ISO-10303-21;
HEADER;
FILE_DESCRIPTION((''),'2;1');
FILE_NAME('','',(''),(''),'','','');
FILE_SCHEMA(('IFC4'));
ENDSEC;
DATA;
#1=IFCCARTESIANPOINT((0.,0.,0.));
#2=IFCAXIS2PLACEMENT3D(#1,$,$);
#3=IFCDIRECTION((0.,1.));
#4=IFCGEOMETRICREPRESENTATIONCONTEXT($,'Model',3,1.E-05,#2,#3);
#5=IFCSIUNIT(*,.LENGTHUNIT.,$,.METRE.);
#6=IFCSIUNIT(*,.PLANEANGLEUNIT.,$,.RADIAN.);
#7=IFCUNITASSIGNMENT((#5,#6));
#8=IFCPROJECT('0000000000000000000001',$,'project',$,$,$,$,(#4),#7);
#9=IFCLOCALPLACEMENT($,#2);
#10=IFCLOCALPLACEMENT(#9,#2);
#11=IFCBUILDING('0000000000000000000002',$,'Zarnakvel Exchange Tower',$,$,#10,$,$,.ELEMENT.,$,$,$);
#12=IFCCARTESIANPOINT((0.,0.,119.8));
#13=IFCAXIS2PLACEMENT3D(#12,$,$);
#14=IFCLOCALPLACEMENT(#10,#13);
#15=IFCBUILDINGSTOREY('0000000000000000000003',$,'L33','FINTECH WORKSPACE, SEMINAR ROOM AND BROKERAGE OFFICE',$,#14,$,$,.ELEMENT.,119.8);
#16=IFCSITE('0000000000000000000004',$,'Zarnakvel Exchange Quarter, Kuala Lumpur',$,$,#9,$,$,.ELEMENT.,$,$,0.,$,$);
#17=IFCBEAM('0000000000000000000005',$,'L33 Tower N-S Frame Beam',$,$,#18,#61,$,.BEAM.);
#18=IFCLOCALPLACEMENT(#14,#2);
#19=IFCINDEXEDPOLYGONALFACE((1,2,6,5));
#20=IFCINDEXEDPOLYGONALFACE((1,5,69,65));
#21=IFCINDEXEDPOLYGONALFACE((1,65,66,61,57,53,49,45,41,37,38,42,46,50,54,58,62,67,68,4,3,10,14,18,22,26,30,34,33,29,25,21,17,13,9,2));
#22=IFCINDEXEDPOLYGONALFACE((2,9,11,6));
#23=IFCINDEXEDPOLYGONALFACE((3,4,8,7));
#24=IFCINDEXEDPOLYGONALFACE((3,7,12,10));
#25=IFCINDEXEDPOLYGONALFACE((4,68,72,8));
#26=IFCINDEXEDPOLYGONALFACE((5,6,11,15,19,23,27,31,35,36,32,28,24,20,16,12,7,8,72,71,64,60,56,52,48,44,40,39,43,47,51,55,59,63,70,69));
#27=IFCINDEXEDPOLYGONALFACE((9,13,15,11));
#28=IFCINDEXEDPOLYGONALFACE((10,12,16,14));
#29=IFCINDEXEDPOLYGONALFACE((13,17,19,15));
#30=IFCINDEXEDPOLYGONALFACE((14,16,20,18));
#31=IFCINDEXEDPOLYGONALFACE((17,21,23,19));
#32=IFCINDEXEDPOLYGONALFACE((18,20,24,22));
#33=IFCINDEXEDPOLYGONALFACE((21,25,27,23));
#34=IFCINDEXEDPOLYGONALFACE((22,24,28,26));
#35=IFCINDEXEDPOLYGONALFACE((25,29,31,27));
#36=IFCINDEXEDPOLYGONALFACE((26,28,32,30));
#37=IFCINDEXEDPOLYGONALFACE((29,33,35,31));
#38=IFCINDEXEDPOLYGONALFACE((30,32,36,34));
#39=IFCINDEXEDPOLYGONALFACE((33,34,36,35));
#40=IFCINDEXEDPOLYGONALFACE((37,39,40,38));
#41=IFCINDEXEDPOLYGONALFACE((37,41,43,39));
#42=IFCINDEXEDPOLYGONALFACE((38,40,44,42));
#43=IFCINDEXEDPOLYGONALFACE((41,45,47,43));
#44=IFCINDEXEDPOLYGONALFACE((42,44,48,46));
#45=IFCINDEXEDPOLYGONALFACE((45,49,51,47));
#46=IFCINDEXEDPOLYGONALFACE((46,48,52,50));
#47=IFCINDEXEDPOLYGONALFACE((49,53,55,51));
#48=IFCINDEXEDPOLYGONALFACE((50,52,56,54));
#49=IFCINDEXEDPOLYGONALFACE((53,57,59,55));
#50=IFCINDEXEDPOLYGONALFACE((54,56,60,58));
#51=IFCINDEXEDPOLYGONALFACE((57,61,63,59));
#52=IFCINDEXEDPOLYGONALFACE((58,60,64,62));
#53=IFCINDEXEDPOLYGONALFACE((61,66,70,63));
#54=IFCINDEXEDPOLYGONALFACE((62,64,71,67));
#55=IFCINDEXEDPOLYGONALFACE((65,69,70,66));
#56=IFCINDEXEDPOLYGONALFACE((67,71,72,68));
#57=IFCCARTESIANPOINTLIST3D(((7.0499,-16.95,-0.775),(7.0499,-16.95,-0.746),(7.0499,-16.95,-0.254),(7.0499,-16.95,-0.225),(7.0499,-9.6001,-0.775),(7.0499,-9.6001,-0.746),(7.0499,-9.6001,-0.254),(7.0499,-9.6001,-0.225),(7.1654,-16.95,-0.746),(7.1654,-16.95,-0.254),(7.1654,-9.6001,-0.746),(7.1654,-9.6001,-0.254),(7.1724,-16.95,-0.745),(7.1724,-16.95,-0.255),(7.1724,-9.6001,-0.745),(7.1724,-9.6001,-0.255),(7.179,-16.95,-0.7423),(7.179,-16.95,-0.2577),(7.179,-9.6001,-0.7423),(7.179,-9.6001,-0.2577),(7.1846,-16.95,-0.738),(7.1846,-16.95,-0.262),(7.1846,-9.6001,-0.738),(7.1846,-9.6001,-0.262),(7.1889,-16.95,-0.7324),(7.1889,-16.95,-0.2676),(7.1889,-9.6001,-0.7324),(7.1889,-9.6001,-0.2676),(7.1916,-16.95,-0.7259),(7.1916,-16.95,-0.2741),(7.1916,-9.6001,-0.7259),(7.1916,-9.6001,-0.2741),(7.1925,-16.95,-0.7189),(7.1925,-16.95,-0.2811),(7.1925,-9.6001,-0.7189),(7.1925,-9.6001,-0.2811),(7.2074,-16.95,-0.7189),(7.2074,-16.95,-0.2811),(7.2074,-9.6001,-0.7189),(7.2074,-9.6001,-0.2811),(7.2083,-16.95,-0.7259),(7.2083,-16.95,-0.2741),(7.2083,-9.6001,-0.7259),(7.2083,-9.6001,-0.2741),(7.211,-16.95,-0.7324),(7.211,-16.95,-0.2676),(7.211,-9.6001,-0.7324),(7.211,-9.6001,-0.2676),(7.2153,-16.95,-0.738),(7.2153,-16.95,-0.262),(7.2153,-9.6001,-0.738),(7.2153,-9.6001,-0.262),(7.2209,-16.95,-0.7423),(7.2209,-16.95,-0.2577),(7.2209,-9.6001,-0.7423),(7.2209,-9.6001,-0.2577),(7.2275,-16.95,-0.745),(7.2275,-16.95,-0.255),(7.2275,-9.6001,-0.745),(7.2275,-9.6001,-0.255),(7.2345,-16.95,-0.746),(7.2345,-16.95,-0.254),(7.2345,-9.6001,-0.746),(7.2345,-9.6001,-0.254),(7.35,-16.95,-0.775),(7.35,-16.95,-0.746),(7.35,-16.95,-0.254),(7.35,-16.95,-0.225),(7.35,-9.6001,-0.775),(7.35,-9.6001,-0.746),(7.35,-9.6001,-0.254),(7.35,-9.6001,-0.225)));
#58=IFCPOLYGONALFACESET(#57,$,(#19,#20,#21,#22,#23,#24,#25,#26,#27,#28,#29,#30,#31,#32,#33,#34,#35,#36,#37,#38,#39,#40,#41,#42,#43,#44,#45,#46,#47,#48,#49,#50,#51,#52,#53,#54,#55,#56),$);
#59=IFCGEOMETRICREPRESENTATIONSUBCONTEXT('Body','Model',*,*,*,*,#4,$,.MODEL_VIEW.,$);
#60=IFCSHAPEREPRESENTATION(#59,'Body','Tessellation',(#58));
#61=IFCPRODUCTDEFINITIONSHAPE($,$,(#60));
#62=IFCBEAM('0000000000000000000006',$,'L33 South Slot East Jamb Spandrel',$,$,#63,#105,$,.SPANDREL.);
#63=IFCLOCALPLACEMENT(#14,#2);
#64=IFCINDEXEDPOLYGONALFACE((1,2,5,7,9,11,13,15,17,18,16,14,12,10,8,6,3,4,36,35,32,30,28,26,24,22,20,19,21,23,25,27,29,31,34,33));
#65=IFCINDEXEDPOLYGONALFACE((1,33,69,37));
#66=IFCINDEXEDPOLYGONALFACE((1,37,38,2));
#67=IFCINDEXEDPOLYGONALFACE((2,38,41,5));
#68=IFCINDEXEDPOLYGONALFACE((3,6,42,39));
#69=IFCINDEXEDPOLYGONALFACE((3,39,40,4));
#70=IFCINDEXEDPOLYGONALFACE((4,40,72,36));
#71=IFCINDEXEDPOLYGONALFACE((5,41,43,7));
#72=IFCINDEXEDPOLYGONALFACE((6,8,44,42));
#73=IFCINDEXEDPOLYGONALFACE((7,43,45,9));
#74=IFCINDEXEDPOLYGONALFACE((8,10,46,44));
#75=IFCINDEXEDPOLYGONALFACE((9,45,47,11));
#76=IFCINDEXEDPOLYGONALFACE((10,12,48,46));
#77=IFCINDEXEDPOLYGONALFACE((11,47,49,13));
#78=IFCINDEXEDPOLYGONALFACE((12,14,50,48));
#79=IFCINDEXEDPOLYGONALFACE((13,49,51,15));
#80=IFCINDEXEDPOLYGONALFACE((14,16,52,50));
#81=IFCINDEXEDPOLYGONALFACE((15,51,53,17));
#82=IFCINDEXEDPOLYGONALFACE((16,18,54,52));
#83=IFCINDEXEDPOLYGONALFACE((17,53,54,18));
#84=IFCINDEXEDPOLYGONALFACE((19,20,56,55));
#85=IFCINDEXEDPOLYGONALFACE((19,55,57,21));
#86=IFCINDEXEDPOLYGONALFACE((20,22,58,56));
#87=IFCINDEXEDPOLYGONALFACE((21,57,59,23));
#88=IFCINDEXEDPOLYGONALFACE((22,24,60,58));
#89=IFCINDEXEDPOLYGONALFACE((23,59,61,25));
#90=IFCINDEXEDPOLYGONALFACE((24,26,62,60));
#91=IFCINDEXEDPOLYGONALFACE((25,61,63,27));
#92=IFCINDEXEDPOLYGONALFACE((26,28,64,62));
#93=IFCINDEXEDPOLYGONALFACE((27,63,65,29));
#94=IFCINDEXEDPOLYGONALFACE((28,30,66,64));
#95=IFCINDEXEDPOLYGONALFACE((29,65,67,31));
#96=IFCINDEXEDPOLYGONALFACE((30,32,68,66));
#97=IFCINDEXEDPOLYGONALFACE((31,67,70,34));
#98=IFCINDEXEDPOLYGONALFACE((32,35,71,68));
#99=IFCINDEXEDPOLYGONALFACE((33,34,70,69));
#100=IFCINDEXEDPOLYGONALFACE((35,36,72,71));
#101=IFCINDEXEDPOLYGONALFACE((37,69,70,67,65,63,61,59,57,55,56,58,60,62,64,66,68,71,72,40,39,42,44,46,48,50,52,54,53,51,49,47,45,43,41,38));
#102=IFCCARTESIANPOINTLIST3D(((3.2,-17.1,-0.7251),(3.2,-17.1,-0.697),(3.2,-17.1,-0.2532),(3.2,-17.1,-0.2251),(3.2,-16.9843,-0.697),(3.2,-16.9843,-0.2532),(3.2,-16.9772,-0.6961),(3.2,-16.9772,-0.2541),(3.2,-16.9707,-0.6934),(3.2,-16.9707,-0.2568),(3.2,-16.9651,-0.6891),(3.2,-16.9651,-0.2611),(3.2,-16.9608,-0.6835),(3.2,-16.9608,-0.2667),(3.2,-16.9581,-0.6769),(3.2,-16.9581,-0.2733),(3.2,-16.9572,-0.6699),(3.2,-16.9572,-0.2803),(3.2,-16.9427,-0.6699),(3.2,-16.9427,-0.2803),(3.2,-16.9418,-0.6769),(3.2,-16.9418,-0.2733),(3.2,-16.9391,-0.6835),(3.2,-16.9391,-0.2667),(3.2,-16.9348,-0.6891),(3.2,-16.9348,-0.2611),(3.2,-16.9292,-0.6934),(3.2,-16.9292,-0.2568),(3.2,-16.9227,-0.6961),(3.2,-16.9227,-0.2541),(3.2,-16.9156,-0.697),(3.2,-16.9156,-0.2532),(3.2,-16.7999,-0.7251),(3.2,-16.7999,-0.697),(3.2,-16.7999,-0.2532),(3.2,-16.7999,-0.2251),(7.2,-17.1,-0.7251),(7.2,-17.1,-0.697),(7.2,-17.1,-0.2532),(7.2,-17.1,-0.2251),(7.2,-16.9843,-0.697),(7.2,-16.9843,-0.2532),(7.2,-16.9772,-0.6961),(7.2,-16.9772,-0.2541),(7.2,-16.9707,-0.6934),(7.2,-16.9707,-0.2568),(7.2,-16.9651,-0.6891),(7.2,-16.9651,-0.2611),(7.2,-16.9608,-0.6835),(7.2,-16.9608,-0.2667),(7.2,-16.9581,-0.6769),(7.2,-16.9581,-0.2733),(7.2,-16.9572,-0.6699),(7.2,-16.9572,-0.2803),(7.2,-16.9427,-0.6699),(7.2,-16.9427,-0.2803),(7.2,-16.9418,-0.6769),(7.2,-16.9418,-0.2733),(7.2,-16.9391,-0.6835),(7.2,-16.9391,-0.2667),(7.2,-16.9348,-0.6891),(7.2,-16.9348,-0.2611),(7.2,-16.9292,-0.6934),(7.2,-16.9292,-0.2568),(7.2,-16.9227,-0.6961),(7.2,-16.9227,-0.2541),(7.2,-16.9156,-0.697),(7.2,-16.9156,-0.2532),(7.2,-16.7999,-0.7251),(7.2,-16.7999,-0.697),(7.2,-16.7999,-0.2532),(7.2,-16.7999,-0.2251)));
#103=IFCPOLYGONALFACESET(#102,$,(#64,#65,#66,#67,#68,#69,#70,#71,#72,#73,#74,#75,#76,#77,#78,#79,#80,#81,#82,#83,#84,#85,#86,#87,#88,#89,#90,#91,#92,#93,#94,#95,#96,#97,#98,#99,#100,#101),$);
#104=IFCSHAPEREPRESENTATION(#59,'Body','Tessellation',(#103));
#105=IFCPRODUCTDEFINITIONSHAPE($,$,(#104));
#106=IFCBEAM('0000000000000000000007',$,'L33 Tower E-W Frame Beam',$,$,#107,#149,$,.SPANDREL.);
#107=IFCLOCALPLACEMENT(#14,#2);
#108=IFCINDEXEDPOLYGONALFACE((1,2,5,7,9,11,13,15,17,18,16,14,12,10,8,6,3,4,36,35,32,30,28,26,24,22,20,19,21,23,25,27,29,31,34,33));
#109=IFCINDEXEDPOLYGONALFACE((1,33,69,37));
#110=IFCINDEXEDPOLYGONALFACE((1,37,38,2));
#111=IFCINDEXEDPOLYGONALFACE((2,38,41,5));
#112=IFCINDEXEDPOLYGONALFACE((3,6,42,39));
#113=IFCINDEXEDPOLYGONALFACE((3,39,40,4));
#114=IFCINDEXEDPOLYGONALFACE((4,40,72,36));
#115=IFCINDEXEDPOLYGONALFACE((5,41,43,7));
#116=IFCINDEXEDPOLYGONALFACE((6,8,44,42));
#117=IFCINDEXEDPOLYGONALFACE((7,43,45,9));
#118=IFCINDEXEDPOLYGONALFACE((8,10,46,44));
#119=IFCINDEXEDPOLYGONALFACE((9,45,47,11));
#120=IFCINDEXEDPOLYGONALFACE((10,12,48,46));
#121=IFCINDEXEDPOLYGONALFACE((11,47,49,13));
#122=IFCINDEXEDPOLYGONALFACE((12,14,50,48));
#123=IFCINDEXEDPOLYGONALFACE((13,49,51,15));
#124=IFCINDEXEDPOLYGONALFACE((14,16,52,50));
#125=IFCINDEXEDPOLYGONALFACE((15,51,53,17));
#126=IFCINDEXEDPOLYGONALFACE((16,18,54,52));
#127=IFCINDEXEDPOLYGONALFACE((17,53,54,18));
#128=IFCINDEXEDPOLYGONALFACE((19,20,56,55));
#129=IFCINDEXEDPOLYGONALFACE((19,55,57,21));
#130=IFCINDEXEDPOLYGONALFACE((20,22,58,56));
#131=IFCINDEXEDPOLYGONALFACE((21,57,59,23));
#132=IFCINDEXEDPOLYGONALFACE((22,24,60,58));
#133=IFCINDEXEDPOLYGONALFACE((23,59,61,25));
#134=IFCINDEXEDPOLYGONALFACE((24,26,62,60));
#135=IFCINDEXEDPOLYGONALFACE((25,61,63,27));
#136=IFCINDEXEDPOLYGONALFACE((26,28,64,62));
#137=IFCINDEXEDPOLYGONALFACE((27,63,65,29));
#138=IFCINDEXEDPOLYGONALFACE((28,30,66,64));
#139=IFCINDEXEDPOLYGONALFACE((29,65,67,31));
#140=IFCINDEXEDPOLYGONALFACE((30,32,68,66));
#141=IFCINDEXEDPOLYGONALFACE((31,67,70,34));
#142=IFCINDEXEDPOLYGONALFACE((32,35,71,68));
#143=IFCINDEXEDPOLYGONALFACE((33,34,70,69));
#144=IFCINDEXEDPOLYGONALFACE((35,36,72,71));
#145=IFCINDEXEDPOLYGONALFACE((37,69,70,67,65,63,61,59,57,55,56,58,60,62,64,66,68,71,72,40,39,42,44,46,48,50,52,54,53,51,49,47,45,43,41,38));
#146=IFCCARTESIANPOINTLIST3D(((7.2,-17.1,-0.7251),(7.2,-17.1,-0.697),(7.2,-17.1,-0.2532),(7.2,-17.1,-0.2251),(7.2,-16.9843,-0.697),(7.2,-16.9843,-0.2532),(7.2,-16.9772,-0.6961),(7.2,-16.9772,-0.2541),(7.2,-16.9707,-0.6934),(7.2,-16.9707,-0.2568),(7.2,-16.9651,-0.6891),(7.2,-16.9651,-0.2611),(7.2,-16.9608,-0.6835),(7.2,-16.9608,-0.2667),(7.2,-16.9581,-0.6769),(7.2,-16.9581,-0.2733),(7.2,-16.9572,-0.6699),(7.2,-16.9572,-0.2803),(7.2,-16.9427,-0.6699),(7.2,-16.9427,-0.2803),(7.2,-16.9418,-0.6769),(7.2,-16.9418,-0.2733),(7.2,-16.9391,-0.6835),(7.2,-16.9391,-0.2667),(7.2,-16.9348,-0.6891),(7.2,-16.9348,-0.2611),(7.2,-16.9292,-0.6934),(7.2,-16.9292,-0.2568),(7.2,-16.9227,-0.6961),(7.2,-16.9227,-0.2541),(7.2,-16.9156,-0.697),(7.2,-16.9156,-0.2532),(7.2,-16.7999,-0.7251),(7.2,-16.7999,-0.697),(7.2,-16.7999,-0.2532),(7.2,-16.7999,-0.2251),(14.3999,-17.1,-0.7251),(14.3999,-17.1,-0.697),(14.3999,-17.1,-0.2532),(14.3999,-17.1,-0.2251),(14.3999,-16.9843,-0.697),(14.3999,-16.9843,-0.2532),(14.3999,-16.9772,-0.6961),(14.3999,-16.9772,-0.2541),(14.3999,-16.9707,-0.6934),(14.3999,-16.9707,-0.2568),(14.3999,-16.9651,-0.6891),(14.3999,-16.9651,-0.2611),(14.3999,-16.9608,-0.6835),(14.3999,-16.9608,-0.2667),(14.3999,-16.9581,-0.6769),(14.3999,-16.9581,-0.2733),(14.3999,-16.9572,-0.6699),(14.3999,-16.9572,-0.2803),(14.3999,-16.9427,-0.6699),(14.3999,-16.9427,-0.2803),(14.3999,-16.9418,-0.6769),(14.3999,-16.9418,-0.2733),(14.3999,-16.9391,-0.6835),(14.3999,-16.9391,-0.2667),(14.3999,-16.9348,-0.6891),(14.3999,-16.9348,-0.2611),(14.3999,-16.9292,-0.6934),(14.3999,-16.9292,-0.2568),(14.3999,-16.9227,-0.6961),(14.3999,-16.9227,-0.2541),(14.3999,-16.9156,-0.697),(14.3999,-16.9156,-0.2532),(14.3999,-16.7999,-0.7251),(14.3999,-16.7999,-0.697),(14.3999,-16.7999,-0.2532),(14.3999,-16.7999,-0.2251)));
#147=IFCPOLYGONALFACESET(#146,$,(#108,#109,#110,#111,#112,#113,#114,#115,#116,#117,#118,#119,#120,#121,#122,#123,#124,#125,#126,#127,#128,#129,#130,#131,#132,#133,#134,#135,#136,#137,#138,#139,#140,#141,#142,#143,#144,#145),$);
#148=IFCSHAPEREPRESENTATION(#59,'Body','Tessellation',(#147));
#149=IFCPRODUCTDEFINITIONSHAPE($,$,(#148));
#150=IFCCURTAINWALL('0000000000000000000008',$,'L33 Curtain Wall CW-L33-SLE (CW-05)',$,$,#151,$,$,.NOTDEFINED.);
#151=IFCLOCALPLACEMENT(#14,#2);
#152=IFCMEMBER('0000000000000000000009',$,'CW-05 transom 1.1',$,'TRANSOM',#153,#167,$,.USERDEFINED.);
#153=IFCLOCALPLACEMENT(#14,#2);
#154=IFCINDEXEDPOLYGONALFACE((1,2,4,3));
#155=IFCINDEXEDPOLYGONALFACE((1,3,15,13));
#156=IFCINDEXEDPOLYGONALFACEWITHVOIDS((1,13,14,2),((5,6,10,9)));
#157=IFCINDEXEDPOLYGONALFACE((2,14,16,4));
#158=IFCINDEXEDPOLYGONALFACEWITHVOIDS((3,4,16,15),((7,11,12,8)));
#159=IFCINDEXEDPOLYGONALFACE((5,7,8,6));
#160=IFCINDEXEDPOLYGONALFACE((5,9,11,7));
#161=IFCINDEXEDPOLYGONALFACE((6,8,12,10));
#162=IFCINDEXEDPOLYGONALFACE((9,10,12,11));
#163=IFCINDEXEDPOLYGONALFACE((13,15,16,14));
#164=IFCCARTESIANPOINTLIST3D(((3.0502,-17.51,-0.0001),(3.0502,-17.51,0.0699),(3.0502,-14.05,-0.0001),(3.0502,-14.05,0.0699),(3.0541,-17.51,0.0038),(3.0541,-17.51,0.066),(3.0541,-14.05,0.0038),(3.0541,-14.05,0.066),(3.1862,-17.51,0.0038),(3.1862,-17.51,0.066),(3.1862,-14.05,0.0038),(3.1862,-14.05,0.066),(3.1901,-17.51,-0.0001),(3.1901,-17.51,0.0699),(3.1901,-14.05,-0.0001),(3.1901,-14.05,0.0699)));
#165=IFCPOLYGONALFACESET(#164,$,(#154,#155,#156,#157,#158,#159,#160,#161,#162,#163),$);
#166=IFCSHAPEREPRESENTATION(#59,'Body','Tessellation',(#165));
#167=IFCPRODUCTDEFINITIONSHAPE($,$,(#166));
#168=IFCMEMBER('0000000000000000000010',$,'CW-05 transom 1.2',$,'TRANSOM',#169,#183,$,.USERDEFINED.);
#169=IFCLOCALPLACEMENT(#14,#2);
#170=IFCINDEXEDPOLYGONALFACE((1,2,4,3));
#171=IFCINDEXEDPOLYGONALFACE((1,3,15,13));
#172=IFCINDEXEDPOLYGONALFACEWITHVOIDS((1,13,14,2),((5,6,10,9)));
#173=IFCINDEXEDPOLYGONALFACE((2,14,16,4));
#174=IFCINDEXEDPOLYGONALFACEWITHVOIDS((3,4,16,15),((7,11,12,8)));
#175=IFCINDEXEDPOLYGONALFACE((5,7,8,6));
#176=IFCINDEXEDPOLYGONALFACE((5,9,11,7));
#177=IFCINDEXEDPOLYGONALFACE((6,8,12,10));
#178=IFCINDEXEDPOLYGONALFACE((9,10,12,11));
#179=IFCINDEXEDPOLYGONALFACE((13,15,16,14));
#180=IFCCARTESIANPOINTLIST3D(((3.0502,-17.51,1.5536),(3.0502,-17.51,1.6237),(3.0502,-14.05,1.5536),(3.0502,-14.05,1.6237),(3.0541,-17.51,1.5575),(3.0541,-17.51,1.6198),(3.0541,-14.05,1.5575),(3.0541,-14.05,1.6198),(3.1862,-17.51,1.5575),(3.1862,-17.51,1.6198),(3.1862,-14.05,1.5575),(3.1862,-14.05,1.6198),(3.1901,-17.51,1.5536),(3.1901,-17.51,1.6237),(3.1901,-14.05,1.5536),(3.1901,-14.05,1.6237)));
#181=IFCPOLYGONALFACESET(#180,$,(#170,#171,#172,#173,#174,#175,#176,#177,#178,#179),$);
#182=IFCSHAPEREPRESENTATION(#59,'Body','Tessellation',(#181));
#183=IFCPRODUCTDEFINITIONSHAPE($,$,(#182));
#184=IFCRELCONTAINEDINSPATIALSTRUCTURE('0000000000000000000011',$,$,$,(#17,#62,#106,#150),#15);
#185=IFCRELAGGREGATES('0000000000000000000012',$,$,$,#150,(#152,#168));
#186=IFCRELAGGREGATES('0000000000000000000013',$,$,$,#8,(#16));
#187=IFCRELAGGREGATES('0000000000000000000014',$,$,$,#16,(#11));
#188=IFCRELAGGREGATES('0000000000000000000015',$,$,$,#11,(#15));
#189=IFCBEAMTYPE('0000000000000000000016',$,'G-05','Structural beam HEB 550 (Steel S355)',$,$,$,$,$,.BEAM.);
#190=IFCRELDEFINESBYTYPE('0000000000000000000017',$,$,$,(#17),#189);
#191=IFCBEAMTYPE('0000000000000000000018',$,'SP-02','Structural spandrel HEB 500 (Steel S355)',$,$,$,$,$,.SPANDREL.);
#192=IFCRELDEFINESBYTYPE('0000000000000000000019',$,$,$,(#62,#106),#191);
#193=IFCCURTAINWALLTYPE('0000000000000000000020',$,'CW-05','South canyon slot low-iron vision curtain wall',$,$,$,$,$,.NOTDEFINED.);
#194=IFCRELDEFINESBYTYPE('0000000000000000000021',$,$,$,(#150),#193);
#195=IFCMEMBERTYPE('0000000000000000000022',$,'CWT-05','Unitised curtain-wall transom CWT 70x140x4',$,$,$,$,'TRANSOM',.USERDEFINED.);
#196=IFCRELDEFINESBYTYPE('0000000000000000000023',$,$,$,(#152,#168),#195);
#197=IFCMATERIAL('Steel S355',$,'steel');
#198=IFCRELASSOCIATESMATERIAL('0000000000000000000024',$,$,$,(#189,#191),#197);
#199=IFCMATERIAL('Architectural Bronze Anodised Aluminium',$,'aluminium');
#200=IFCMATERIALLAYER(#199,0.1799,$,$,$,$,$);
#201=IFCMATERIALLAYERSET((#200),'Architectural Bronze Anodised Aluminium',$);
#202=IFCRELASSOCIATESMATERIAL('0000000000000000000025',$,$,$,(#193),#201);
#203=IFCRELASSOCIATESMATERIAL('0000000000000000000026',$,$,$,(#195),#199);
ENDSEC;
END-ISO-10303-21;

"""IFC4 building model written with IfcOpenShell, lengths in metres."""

from ifc_helpers import new_model, si_unit, direction, frame, origin, origin_2d, place, context, subcontext, project, spatial, hollow_rectangle, i_section, extrude, source, transform, mapped, material, layer, layer_set, material_profile, profile_set, type_object, element, aggregate, save


model = new_model("IFC4")

# Units and contexts
model_context = context("Model", 3, precision=1e-05, world=origin(), true_north=direction((0.0, 1.0)))
body_context = subcontext(model_context, "Body", "Model", "MODEL_VIEW")
ifc_project = project(units=[si_unit("LENGTHUNIT", "METRE"), si_unit("PLANEANGLEUNIT", "RADIAN")], contexts=[model_context])

# Site, building, storey
site_placement = place(None, origin())
site = spatial("IfcSite", under=ifc_project, at=site_placement, Name="Zarnakvel Exchange Quarter, Kuala Lumpur", CompositionType="ELEMENT", RefElevation=0.0)
building_placement = place(site_placement, origin())
building = spatial("IfcBuilding", under=site, at=building_placement, Name="Zarnakvel Exchange Tower", CompositionType="ELEMENT")
storey_placement = place(building_placement, frame((0.0, 0.0, 119.8)))
storey = spatial("IfcBuildingStorey", under=building, at=storey_placement, Name="L33", Description="FINTECH WORKSPACE, SEMINAR ROOM AND BROKERAGE OFFICE", CompositionType="ELEMENT", Elevation=119.8)

# Beams
ifc_material_1 = material(Name="Steel S355", Category="steel")
ifc_material_profile_1 = material_profile(ifc_material_1, i_section(OverallWidth=0.3, OverallDepth=0.55, WebThickness=0.0149, FlangeThickness=0.0291, FilletRadius=0.0271, at=origin_2d()))
ifc_profile_set_1 = profile_set([ifc_material_profile_1], Name="Steel S355")
beam_type_1 = type_object("IfcBeamType", Name="G-05", Description="Structural beam HEB 550 (Steel S355)", PredefinedType="BEAM", material=ifc_profile_set_1)
beam_1_placement = place(storey_placement, frame((7.2, -16.95, -0.5), z_axis=(0.0, 1.0, 0.0), x_axis=(-1.0, 0.0, 0.0)))
element("IfcBeam", 1, at=beam_1_placement, inside=storey, type_object=beam_type_1, Name="L33 Tower N-S Frame Beam", PredefinedType="BEAM", context=body_context, shape_type="SweptSolid", body=[
    extrude(i_section(OverallWidth=0.3, OverallDepth=0.55, WebThickness=0.0149, FlangeThickness=0.0291, FilletRadius=0.0271, at=origin_2d()), origin(), (0.0, 0.0, 1.0), 7.3499),
])
ifc_material_profile_2 = material_profile(ifc_material_1, i_section(OverallWidth=0.3, OverallDepth=0.5, WebThickness=0.0144, FlangeThickness=0.0281, FilletRadius=0.0271, at=origin_2d()))
ifc_profile_set_2 = profile_set([ifc_material_profile_2], Name="Steel S355")
beam_type_2 = type_object("IfcBeamType", Name="SP-02", Description="Structural spandrel HEB 500 (Steel S355)", PredefinedType="SPANDREL", material=ifc_profile_set_2)
beam_2_placement = place(storey_placement, frame((3.2, -16.95, -0.4751), z_axis=(1.0, 0.0, 0.0), x_axis=(0.0, 1.0, 0.0)))
element("IfcBeam", 2, at=beam_2_placement, inside=storey, type_object=beam_type_2, Name="L33 South Slot East Jamb Spandrel", PredefinedType="SPANDREL", context=body_context, shape_type="SweptSolid", body=[
    extrude(i_section(OverallWidth=0.3, OverallDepth=0.5, WebThickness=0.0144, FlangeThickness=0.0281, FilletRadius=0.0271, at=origin_2d()), origin(), (0.0, 0.0, 1.0), 4.0),
])
beam_3_placement = place(storey_placement, frame((7.2, -16.95, -0.4751), z_axis=(1.0, 0.0, 0.0), x_axis=(0.0, 1.0, 0.0)))
element("IfcBeam", 3, at=beam_3_placement, inside=storey, type_object=beam_type_2, Name="L33 Tower E-W Frame Beam", PredefinedType="SPANDREL", context=body_context, shape_type="SweptSolid", body=[
    extrude(i_section(OverallWidth=0.3, OverallDepth=0.5, WebThickness=0.0144, FlangeThickness=0.0281, FilletRadius=0.0271, at=origin_2d()), origin(), (0.0, 0.0, 1.0), 7.2),
])

# Curtain wall, members
ifc_material_2 = material(Name="Architectural Bronze Anodised Aluminium", Category="aluminium")
ifc_layer_1 = layer(ifc_material_2, 0.1799)
ifc_layer_set_1 = layer_set([ifc_layer_1], Name="Architectural Bronze Anodised Aluminium")
curtain_wall_type = type_object("IfcCurtainWallType", Name="CW-05", Description="South canyon slot low-iron vision curtain wall", PredefinedType="NOTDEFINED", material=ifc_layer_set_1)
curtain_wall_1_placement = place(storey_placement, origin())
curtain_wall_1 = element("IfcCurtainWall", 4, at=curtain_wall_1_placement, inside=storey, type_object=curtain_wall_type, Name="L33 Curtain Wall CW-L33-SLE (CW-05)", PredefinedType="NOTDEFINED")
ifc_material_profile_3 = material_profile(ifc_material_2, hollow_rectangle(XDim=0.1399, YDim=0.0701, WallThickness=0.0039, at=origin_2d()))
ifc_profile_set_3 = profile_set([ifc_material_profile_3], Name="Architectural Bronze Anodised Aluminium")
member_type_1 = type_object("IfcMemberType", Name="CWT-05", Description="Unitised curtain-wall transom CWT 70x140x4", ElementType="TRANSOM", PredefinedType="USERDEFINED", material=ifc_profile_set_3)
shared_shape_1 = source(origin(), body_context, "Body", "SweptSolid", [
    extrude(hollow_rectangle(XDim=0.1399, YDim=0.0701, WallThickness=0.0039, at=origin_2d()), origin(), (0.0, 0.0, 1.0), 3.46),
])
member_1_placement = place(storey_placement, frame((3.1201, -14.05, 0.0349), z_axis=(0.0, -1.0, 0.0), x_axis=(1.0, 0.0, 0.0)))
member_1 = element("IfcMember", 5, at=member_1_placement, type_object=member_type_1, Name="CW-05 transom 1.1", ObjectType="TRANSOM", PredefinedType="USERDEFINED", context=body_context, shape_type="MappedRepresentation", body=[
    mapped(shared_shape_1, transform((0.0, 0.0, 0.0), x_axis=(1.0, 0.0, 0.0), y_axis=(0.0, 1.0, 0.0), z_axis=(0.0, 0.0, 1.0), scale=1.0)),
])
member_2_placement = place(storey_placement, frame((3.1201, -14.05, 1.5886), z_axis=(0.0, -1.0, 0.0), x_axis=(1.0, 0.0, 0.0)))
member_2 = element("IfcMember", 6, at=member_2_placement, type_object=member_type_1, Name="CW-05 transom 1.2", ObjectType="TRANSOM", PredefinedType="USERDEFINED", context=body_context, shape_type="MappedRepresentation", body=[
    mapped(shared_shape_1, transform((0.0, 0.0, 0.0), x_axis=(1.0, 0.0, 0.0), y_axis=(0.0, 1.0, 0.0), z_axis=(0.0, 0.0, 1.0), scale=1.0)),
])

aggregate(curtain_wall_1, [member_1, member_2])

save(model, "model.ifc")
